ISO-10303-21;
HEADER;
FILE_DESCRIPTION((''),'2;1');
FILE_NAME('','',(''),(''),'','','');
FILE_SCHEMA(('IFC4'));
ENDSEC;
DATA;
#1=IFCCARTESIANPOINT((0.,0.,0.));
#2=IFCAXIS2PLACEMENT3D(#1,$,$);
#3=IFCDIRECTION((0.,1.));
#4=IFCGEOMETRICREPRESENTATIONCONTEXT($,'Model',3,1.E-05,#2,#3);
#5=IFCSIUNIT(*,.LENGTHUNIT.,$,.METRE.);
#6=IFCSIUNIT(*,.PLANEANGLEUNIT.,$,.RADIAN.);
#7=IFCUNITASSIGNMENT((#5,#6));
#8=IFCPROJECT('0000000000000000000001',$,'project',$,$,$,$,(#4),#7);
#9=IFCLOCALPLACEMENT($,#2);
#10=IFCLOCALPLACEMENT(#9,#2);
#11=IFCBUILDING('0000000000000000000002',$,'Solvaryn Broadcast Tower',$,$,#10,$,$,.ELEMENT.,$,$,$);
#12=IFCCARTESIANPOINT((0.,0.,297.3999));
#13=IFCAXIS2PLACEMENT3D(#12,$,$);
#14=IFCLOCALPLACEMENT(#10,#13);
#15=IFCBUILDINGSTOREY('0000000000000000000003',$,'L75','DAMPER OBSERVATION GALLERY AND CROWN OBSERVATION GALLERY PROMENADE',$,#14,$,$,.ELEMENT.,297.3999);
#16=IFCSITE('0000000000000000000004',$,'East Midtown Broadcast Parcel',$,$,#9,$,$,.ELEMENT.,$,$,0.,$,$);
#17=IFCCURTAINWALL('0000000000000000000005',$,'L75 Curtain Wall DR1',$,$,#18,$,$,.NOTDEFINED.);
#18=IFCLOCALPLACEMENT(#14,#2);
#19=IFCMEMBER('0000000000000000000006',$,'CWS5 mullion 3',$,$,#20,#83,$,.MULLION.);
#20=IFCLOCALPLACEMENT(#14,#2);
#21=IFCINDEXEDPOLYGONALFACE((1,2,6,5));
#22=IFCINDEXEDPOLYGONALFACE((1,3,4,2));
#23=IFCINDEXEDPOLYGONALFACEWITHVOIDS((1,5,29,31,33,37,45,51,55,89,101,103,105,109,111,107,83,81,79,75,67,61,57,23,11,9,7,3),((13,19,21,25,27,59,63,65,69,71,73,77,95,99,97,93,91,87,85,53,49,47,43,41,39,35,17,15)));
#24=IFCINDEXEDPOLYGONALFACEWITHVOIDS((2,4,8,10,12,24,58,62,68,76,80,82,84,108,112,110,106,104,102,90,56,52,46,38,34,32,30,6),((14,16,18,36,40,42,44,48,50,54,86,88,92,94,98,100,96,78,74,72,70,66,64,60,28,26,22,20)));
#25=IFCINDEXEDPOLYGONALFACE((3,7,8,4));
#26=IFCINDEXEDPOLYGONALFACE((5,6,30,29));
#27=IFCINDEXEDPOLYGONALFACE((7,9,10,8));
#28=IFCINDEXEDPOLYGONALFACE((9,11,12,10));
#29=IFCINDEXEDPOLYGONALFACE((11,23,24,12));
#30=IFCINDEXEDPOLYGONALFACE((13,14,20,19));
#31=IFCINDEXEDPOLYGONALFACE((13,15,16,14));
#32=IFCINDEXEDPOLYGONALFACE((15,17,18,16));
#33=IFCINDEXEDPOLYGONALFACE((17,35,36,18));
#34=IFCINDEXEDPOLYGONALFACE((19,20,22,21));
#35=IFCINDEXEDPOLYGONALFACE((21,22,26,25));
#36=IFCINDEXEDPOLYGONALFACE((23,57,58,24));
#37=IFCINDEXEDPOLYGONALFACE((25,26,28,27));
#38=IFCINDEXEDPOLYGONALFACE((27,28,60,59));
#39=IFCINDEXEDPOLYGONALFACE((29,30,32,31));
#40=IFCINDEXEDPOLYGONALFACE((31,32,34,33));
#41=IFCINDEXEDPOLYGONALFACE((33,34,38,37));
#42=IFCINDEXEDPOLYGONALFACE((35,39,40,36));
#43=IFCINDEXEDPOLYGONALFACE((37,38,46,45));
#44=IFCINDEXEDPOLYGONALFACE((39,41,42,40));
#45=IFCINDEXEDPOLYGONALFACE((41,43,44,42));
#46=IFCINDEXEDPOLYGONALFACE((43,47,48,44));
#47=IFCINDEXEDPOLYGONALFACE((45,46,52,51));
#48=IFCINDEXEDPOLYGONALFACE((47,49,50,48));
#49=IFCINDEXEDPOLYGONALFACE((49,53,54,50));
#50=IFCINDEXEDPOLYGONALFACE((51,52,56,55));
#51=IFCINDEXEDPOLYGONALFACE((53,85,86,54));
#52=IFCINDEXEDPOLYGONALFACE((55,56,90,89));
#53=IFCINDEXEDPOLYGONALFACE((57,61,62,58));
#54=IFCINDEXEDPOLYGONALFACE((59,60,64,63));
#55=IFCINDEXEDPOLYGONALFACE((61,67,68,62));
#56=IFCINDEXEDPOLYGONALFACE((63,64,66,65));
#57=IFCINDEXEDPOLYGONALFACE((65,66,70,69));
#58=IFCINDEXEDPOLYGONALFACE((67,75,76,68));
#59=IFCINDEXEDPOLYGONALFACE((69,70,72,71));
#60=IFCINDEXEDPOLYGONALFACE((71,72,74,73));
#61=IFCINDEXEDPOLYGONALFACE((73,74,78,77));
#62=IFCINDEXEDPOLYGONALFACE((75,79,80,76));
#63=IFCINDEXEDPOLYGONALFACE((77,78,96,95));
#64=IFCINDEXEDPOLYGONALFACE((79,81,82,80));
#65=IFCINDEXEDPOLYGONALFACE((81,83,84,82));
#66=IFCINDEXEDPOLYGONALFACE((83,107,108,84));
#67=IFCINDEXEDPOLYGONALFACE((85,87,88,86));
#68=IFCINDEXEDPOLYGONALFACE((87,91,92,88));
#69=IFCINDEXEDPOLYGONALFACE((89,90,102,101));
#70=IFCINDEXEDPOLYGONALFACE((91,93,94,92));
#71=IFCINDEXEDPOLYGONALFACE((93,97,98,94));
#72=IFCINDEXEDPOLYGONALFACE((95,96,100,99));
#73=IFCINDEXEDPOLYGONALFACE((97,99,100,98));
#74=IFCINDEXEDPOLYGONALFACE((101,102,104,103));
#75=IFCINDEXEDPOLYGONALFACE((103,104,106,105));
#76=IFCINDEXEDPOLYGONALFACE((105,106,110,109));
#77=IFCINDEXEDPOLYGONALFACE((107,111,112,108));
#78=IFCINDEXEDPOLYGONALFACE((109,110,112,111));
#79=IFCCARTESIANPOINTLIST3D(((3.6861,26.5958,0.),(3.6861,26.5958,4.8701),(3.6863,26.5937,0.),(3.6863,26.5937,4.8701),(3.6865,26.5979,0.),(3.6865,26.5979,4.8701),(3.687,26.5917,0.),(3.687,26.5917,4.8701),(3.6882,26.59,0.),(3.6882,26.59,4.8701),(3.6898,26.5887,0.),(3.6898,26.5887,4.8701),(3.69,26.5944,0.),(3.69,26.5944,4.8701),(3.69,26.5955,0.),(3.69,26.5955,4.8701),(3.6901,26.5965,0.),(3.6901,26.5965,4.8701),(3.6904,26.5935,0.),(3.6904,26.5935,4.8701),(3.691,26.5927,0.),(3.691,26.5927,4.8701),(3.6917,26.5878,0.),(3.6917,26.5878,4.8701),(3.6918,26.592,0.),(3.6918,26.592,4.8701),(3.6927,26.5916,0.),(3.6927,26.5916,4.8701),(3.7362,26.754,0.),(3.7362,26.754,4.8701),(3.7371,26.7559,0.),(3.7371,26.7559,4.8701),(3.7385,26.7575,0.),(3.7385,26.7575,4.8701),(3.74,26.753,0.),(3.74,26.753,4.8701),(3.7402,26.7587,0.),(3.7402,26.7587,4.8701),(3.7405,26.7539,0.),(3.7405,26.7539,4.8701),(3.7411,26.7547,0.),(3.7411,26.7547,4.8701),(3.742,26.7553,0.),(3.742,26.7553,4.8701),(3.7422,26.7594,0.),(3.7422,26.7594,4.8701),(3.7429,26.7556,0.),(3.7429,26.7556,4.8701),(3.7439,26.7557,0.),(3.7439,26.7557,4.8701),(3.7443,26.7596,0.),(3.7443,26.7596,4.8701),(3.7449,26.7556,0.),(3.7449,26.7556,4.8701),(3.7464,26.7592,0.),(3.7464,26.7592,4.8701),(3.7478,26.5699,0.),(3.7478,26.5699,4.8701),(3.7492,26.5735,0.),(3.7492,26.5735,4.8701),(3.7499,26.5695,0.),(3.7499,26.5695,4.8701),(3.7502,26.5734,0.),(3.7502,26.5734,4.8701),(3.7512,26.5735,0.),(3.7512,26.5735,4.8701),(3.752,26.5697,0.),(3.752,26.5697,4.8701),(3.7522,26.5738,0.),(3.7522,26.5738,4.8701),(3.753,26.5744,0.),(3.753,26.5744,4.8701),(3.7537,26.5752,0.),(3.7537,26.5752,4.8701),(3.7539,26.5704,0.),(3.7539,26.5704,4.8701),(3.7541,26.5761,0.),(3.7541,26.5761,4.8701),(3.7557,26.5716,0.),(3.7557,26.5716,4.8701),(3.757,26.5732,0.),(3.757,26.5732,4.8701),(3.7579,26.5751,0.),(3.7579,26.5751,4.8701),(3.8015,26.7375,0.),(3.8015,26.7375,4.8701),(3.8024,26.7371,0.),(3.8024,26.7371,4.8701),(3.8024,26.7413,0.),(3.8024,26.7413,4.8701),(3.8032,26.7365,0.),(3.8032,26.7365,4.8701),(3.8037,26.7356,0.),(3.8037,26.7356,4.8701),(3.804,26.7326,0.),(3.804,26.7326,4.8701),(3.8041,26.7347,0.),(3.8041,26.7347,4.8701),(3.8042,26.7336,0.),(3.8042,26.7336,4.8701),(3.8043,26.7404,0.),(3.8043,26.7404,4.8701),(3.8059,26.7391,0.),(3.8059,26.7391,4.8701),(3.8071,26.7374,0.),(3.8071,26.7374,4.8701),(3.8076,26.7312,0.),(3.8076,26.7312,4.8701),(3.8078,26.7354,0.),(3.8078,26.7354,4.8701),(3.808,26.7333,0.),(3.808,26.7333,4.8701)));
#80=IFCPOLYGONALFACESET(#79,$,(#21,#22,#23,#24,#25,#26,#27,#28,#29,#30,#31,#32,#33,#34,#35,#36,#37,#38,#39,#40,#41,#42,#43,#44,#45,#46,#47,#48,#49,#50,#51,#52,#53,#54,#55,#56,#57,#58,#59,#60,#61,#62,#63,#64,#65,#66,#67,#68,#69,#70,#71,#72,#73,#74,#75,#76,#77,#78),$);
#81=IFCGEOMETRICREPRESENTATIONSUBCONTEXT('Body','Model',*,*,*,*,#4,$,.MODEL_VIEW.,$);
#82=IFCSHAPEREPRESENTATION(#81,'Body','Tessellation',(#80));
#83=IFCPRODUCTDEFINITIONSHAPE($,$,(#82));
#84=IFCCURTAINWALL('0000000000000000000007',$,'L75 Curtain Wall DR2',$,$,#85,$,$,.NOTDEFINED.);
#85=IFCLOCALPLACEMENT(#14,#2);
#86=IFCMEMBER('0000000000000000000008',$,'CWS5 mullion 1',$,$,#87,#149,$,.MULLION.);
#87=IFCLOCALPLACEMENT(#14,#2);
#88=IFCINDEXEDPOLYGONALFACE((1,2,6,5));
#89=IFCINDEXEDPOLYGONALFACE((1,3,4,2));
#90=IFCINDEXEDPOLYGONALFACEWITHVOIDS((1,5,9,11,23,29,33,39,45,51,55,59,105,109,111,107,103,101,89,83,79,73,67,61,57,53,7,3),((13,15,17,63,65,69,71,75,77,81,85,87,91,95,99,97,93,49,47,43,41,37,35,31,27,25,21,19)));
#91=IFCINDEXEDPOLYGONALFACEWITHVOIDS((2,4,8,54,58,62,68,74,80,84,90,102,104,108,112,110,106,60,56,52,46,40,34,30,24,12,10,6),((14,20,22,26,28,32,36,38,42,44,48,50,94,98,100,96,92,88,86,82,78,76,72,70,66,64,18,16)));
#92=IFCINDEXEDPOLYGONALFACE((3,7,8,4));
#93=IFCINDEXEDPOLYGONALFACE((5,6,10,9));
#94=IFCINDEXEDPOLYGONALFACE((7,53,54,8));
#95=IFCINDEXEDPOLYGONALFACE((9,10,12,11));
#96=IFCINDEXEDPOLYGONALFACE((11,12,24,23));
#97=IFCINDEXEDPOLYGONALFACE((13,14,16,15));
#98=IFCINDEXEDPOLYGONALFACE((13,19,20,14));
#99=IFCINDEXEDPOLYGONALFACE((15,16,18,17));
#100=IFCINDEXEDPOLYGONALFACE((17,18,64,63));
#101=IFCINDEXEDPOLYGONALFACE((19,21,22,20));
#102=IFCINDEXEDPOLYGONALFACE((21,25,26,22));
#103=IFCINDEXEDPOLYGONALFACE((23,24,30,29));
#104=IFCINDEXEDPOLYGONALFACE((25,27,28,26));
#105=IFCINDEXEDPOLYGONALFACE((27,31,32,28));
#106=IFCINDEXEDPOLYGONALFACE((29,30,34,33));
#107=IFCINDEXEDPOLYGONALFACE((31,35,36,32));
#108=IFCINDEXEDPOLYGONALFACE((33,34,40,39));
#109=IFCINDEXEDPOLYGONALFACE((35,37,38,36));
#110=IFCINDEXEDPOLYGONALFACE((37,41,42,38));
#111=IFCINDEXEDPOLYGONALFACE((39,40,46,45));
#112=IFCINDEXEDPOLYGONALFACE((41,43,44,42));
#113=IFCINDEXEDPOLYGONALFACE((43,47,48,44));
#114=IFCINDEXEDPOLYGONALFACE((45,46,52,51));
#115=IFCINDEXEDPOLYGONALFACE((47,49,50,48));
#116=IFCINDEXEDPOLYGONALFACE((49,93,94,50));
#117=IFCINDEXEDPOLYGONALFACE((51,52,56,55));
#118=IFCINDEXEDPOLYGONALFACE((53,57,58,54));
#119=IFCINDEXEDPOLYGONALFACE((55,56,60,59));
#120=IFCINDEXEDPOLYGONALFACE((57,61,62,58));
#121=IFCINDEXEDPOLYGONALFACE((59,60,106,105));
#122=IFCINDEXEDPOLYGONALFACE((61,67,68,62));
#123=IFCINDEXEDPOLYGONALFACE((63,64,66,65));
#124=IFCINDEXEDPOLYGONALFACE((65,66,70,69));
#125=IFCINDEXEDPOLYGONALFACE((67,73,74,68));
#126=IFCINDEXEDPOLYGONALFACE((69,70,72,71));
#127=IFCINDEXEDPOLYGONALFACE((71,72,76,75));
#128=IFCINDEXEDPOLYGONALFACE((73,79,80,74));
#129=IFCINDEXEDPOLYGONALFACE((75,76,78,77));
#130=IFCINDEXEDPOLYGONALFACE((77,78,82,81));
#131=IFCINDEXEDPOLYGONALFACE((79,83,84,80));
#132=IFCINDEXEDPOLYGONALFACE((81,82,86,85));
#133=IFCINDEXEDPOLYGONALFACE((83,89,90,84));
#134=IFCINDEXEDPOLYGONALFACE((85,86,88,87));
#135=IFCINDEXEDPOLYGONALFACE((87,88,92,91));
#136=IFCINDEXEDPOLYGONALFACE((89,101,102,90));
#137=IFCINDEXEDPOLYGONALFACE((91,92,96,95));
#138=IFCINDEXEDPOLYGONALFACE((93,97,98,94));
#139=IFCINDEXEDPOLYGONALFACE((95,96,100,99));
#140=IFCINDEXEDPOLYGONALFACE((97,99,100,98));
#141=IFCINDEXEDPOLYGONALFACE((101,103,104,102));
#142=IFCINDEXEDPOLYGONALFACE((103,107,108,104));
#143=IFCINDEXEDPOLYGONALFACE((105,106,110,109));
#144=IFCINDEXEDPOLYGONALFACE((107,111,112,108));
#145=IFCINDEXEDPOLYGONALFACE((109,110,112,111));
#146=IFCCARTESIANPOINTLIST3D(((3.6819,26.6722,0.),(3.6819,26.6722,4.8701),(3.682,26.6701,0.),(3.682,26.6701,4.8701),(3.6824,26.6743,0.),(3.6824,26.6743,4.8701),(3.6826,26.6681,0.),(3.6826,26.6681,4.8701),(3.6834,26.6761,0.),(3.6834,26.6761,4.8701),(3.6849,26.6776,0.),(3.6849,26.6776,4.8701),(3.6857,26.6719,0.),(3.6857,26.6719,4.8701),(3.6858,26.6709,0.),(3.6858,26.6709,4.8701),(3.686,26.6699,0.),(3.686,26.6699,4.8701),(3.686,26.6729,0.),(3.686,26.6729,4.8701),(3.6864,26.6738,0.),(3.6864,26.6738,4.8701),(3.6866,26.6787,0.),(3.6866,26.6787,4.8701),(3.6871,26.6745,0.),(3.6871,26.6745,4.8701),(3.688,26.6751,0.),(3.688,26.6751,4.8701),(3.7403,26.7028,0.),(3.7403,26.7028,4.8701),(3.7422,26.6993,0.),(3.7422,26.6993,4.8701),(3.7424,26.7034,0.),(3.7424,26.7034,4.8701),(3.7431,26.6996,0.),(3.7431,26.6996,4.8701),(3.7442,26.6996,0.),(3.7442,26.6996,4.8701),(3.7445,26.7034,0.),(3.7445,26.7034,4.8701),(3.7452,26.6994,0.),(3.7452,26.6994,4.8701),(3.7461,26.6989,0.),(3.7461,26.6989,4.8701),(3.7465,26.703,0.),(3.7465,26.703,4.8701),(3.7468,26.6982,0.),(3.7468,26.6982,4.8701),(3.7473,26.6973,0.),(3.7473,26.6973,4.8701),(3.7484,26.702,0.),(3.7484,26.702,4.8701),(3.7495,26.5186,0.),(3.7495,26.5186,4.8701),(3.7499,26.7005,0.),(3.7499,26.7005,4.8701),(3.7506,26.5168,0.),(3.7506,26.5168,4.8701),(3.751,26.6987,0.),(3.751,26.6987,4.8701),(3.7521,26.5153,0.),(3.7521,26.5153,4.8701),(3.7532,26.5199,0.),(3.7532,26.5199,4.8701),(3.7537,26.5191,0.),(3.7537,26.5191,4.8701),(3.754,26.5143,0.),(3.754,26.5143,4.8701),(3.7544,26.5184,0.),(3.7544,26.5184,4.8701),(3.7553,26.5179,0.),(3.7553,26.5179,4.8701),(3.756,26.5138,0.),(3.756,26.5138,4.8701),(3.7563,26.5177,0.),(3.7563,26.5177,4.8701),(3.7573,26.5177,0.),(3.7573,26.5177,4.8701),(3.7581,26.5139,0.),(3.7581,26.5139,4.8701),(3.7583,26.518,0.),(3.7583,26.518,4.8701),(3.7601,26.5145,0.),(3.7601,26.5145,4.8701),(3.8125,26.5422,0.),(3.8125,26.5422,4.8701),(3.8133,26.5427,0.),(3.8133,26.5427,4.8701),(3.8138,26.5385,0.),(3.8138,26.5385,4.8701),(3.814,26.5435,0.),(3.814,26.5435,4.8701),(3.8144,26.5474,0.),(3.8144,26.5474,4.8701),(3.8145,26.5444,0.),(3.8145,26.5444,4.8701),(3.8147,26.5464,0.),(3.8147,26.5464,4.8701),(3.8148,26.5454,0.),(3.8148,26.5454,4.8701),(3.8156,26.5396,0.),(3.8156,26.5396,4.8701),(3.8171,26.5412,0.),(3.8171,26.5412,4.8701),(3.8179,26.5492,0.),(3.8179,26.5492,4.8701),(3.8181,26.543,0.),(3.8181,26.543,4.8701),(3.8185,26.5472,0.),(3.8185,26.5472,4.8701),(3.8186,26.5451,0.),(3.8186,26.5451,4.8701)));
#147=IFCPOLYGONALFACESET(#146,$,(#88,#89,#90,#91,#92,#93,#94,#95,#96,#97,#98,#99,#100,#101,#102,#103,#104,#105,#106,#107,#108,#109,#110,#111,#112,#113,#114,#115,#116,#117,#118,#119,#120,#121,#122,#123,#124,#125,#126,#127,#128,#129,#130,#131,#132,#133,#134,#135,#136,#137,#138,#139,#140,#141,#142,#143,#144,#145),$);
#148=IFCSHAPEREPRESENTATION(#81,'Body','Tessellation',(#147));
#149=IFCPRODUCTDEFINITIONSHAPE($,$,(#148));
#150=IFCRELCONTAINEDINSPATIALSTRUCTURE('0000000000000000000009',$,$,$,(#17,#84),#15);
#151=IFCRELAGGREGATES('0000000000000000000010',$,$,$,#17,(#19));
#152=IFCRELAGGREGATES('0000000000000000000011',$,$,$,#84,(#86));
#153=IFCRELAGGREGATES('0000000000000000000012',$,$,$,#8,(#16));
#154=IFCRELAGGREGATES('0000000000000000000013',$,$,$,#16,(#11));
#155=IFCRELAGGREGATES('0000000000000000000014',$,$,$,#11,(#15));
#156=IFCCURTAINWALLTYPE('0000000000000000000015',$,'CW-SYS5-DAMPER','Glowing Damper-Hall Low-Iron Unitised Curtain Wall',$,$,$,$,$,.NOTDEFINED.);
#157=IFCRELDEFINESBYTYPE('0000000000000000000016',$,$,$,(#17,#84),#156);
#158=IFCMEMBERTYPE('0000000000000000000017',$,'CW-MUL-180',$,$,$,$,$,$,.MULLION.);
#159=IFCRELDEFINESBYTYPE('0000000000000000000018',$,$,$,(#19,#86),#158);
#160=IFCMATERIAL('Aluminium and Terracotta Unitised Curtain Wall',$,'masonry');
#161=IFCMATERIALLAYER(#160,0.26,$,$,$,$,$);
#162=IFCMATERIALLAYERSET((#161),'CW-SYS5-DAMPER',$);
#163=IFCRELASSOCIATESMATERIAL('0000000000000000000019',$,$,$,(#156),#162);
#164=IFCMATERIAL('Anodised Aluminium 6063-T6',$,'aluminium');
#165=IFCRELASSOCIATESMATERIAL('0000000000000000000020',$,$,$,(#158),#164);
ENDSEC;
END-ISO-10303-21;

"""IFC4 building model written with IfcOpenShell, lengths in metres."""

from ifc_helpers import new_model, si_unit, direction, frame, origin, origin_2d, place, context, subcontext, project, spatial, hollow_rectangle, extrude, material, layer, layer_set, material_profile, profile_set, type_object, element, aggregate, save


model = new_model("IFC4")

# Units and contexts
model_context = context("Model", 3, precision=1e-05, world=origin(), true_north=direction((0.0, 1.0)))
body_context = subcontext(model_context, "Body", "Model", "MODEL_VIEW")
ifc_project = project(units=[si_unit("LENGTHUNIT", "METRE"), si_unit("PLANEANGLEUNIT", "RADIAN")], contexts=[model_context])

# Site, building, storey
site_placement = place(None, origin())
site = spatial("IfcSite", under=ifc_project, at=site_placement, Name="East Midtown Broadcast Parcel", CompositionType="ELEMENT", RefElevation=0.0)
building_placement = place(site_placement, origin())
building = spatial("IfcBuilding", under=site, at=building_placement, Name="Solvaryn Broadcast Tower", CompositionType="ELEMENT")
storey_placement = place(building_placement, frame((0.0, 0.0, 297.3999)))
storey = spatial("IfcBuildingStorey", under=building, at=storey_placement, Name="L75", Description="DAMPER OBSERVATION GALLERY AND CROWN OBSERVATION GALLERY PROMENADE", CompositionType="ELEMENT", Elevation=297.3999)

# Curtain wall, member
ifc_material_1 = material(Name="Aluminium and Terracotta Unitised Curtain Wall", Category="masonry")
ifc_layer_1 = layer(ifc_material_1, 0.26)
ifc_layer_set_1 = layer_set([ifc_layer_1], Name="CW-SYS5-DAMPER")
curtain_wall_type = type_object("IfcCurtainWallType", Name="CW-SYS5-DAMPER", Description="Glowing Damper-Hall Low-Iron Unitised Curtain Wall", PredefinedType="NOTDEFINED", material=ifc_layer_set_1)
curtain_wall_1_placement = place(storey_placement, origin())
curtain_wall_1 = element("IfcCurtainWall", 1, at=curtain_wall_1_placement, inside=storey, type_object=curtain_wall_type, Name="L75 Curtain Wall DR1", PredefinedType="NOTDEFINED")
ifc_material_2 = material(Name="Anodised Aluminium 6063-T6", Category="aluminium")
ifc_material_profile_1 = material_profile(ifc_material_2, hollow_rectangle(XDim=0.075, YDim=0.1799, WallThickness=0.0039, InnerFilletRadius=0.0039, OuterFilletRadius=0.0081, at=origin_2d()))
ifc_profile_set_1 = profile_set([ifc_material_profile_1], Name="Anodised Aluminium 6063-T6")
member_type_1 = type_object("IfcMemberType", Name="CW-MUL-180", PredefinedType="MULLION", material=ifc_profile_set_1)
member_1_placement = place(storey_placement, frame((3.7471, 26.6646, 0.0), z_axis=(0.0, 0.0, 1.0), x_axis=(0.952795, -0.303616, 0.0)))
member_1 = element("IfcMember", 2, at=member_1_placement, type_object=member_type_1, Name="CWS5 mullion 3", PredefinedType="MULLION", context=body_context, shape_type="SweptSolid", body=[
    extrude(hollow_rectangle(XDim=0.075, YDim=0.1799, WallThickness=0.0039, InnerFilletRadius=0.0039, OuterFilletRadius=0.0081, at=origin_2d()), origin(), (0.0, 0.0, 1.0), 4.8701),
])
aggregate(curtain_wall_1, [member_1])

# Curtain wall, member
curtain_wall_2_placement = place(storey_placement, origin())
curtain_wall_2 = element("IfcCurtainWall", 3, at=curtain_wall_2_placement, inside=storey, type_object=curtain_wall_type, Name="L75 Curtain Wall DR2", PredefinedType="NOTDEFINED")
member_2_placement = place(storey_placement, frame((3.7502, 26.6086, 0.0), z_axis=(0.0, 0.0, 1.0), x_axis=(0.912774, 0.408466, 0.0)))
member_2 = element("IfcMember", 4, at=member_2_placement, type_object=member_type_1, Name="CWS5 mullion 1", PredefinedType="MULLION", context=body_context, shape_type="SweptSolid", body=[
    extrude(hollow_rectangle(XDim=0.075, YDim=0.1799, WallThickness=0.0039, InnerFilletRadius=0.0039, OuterFilletRadius=0.0081, at=origin_2d()), origin(), (0.0, 0.0, 1.0), 4.8701),
])

aggregate(curtain_wall_2, [member_2])

save(model, "model.ifc")
